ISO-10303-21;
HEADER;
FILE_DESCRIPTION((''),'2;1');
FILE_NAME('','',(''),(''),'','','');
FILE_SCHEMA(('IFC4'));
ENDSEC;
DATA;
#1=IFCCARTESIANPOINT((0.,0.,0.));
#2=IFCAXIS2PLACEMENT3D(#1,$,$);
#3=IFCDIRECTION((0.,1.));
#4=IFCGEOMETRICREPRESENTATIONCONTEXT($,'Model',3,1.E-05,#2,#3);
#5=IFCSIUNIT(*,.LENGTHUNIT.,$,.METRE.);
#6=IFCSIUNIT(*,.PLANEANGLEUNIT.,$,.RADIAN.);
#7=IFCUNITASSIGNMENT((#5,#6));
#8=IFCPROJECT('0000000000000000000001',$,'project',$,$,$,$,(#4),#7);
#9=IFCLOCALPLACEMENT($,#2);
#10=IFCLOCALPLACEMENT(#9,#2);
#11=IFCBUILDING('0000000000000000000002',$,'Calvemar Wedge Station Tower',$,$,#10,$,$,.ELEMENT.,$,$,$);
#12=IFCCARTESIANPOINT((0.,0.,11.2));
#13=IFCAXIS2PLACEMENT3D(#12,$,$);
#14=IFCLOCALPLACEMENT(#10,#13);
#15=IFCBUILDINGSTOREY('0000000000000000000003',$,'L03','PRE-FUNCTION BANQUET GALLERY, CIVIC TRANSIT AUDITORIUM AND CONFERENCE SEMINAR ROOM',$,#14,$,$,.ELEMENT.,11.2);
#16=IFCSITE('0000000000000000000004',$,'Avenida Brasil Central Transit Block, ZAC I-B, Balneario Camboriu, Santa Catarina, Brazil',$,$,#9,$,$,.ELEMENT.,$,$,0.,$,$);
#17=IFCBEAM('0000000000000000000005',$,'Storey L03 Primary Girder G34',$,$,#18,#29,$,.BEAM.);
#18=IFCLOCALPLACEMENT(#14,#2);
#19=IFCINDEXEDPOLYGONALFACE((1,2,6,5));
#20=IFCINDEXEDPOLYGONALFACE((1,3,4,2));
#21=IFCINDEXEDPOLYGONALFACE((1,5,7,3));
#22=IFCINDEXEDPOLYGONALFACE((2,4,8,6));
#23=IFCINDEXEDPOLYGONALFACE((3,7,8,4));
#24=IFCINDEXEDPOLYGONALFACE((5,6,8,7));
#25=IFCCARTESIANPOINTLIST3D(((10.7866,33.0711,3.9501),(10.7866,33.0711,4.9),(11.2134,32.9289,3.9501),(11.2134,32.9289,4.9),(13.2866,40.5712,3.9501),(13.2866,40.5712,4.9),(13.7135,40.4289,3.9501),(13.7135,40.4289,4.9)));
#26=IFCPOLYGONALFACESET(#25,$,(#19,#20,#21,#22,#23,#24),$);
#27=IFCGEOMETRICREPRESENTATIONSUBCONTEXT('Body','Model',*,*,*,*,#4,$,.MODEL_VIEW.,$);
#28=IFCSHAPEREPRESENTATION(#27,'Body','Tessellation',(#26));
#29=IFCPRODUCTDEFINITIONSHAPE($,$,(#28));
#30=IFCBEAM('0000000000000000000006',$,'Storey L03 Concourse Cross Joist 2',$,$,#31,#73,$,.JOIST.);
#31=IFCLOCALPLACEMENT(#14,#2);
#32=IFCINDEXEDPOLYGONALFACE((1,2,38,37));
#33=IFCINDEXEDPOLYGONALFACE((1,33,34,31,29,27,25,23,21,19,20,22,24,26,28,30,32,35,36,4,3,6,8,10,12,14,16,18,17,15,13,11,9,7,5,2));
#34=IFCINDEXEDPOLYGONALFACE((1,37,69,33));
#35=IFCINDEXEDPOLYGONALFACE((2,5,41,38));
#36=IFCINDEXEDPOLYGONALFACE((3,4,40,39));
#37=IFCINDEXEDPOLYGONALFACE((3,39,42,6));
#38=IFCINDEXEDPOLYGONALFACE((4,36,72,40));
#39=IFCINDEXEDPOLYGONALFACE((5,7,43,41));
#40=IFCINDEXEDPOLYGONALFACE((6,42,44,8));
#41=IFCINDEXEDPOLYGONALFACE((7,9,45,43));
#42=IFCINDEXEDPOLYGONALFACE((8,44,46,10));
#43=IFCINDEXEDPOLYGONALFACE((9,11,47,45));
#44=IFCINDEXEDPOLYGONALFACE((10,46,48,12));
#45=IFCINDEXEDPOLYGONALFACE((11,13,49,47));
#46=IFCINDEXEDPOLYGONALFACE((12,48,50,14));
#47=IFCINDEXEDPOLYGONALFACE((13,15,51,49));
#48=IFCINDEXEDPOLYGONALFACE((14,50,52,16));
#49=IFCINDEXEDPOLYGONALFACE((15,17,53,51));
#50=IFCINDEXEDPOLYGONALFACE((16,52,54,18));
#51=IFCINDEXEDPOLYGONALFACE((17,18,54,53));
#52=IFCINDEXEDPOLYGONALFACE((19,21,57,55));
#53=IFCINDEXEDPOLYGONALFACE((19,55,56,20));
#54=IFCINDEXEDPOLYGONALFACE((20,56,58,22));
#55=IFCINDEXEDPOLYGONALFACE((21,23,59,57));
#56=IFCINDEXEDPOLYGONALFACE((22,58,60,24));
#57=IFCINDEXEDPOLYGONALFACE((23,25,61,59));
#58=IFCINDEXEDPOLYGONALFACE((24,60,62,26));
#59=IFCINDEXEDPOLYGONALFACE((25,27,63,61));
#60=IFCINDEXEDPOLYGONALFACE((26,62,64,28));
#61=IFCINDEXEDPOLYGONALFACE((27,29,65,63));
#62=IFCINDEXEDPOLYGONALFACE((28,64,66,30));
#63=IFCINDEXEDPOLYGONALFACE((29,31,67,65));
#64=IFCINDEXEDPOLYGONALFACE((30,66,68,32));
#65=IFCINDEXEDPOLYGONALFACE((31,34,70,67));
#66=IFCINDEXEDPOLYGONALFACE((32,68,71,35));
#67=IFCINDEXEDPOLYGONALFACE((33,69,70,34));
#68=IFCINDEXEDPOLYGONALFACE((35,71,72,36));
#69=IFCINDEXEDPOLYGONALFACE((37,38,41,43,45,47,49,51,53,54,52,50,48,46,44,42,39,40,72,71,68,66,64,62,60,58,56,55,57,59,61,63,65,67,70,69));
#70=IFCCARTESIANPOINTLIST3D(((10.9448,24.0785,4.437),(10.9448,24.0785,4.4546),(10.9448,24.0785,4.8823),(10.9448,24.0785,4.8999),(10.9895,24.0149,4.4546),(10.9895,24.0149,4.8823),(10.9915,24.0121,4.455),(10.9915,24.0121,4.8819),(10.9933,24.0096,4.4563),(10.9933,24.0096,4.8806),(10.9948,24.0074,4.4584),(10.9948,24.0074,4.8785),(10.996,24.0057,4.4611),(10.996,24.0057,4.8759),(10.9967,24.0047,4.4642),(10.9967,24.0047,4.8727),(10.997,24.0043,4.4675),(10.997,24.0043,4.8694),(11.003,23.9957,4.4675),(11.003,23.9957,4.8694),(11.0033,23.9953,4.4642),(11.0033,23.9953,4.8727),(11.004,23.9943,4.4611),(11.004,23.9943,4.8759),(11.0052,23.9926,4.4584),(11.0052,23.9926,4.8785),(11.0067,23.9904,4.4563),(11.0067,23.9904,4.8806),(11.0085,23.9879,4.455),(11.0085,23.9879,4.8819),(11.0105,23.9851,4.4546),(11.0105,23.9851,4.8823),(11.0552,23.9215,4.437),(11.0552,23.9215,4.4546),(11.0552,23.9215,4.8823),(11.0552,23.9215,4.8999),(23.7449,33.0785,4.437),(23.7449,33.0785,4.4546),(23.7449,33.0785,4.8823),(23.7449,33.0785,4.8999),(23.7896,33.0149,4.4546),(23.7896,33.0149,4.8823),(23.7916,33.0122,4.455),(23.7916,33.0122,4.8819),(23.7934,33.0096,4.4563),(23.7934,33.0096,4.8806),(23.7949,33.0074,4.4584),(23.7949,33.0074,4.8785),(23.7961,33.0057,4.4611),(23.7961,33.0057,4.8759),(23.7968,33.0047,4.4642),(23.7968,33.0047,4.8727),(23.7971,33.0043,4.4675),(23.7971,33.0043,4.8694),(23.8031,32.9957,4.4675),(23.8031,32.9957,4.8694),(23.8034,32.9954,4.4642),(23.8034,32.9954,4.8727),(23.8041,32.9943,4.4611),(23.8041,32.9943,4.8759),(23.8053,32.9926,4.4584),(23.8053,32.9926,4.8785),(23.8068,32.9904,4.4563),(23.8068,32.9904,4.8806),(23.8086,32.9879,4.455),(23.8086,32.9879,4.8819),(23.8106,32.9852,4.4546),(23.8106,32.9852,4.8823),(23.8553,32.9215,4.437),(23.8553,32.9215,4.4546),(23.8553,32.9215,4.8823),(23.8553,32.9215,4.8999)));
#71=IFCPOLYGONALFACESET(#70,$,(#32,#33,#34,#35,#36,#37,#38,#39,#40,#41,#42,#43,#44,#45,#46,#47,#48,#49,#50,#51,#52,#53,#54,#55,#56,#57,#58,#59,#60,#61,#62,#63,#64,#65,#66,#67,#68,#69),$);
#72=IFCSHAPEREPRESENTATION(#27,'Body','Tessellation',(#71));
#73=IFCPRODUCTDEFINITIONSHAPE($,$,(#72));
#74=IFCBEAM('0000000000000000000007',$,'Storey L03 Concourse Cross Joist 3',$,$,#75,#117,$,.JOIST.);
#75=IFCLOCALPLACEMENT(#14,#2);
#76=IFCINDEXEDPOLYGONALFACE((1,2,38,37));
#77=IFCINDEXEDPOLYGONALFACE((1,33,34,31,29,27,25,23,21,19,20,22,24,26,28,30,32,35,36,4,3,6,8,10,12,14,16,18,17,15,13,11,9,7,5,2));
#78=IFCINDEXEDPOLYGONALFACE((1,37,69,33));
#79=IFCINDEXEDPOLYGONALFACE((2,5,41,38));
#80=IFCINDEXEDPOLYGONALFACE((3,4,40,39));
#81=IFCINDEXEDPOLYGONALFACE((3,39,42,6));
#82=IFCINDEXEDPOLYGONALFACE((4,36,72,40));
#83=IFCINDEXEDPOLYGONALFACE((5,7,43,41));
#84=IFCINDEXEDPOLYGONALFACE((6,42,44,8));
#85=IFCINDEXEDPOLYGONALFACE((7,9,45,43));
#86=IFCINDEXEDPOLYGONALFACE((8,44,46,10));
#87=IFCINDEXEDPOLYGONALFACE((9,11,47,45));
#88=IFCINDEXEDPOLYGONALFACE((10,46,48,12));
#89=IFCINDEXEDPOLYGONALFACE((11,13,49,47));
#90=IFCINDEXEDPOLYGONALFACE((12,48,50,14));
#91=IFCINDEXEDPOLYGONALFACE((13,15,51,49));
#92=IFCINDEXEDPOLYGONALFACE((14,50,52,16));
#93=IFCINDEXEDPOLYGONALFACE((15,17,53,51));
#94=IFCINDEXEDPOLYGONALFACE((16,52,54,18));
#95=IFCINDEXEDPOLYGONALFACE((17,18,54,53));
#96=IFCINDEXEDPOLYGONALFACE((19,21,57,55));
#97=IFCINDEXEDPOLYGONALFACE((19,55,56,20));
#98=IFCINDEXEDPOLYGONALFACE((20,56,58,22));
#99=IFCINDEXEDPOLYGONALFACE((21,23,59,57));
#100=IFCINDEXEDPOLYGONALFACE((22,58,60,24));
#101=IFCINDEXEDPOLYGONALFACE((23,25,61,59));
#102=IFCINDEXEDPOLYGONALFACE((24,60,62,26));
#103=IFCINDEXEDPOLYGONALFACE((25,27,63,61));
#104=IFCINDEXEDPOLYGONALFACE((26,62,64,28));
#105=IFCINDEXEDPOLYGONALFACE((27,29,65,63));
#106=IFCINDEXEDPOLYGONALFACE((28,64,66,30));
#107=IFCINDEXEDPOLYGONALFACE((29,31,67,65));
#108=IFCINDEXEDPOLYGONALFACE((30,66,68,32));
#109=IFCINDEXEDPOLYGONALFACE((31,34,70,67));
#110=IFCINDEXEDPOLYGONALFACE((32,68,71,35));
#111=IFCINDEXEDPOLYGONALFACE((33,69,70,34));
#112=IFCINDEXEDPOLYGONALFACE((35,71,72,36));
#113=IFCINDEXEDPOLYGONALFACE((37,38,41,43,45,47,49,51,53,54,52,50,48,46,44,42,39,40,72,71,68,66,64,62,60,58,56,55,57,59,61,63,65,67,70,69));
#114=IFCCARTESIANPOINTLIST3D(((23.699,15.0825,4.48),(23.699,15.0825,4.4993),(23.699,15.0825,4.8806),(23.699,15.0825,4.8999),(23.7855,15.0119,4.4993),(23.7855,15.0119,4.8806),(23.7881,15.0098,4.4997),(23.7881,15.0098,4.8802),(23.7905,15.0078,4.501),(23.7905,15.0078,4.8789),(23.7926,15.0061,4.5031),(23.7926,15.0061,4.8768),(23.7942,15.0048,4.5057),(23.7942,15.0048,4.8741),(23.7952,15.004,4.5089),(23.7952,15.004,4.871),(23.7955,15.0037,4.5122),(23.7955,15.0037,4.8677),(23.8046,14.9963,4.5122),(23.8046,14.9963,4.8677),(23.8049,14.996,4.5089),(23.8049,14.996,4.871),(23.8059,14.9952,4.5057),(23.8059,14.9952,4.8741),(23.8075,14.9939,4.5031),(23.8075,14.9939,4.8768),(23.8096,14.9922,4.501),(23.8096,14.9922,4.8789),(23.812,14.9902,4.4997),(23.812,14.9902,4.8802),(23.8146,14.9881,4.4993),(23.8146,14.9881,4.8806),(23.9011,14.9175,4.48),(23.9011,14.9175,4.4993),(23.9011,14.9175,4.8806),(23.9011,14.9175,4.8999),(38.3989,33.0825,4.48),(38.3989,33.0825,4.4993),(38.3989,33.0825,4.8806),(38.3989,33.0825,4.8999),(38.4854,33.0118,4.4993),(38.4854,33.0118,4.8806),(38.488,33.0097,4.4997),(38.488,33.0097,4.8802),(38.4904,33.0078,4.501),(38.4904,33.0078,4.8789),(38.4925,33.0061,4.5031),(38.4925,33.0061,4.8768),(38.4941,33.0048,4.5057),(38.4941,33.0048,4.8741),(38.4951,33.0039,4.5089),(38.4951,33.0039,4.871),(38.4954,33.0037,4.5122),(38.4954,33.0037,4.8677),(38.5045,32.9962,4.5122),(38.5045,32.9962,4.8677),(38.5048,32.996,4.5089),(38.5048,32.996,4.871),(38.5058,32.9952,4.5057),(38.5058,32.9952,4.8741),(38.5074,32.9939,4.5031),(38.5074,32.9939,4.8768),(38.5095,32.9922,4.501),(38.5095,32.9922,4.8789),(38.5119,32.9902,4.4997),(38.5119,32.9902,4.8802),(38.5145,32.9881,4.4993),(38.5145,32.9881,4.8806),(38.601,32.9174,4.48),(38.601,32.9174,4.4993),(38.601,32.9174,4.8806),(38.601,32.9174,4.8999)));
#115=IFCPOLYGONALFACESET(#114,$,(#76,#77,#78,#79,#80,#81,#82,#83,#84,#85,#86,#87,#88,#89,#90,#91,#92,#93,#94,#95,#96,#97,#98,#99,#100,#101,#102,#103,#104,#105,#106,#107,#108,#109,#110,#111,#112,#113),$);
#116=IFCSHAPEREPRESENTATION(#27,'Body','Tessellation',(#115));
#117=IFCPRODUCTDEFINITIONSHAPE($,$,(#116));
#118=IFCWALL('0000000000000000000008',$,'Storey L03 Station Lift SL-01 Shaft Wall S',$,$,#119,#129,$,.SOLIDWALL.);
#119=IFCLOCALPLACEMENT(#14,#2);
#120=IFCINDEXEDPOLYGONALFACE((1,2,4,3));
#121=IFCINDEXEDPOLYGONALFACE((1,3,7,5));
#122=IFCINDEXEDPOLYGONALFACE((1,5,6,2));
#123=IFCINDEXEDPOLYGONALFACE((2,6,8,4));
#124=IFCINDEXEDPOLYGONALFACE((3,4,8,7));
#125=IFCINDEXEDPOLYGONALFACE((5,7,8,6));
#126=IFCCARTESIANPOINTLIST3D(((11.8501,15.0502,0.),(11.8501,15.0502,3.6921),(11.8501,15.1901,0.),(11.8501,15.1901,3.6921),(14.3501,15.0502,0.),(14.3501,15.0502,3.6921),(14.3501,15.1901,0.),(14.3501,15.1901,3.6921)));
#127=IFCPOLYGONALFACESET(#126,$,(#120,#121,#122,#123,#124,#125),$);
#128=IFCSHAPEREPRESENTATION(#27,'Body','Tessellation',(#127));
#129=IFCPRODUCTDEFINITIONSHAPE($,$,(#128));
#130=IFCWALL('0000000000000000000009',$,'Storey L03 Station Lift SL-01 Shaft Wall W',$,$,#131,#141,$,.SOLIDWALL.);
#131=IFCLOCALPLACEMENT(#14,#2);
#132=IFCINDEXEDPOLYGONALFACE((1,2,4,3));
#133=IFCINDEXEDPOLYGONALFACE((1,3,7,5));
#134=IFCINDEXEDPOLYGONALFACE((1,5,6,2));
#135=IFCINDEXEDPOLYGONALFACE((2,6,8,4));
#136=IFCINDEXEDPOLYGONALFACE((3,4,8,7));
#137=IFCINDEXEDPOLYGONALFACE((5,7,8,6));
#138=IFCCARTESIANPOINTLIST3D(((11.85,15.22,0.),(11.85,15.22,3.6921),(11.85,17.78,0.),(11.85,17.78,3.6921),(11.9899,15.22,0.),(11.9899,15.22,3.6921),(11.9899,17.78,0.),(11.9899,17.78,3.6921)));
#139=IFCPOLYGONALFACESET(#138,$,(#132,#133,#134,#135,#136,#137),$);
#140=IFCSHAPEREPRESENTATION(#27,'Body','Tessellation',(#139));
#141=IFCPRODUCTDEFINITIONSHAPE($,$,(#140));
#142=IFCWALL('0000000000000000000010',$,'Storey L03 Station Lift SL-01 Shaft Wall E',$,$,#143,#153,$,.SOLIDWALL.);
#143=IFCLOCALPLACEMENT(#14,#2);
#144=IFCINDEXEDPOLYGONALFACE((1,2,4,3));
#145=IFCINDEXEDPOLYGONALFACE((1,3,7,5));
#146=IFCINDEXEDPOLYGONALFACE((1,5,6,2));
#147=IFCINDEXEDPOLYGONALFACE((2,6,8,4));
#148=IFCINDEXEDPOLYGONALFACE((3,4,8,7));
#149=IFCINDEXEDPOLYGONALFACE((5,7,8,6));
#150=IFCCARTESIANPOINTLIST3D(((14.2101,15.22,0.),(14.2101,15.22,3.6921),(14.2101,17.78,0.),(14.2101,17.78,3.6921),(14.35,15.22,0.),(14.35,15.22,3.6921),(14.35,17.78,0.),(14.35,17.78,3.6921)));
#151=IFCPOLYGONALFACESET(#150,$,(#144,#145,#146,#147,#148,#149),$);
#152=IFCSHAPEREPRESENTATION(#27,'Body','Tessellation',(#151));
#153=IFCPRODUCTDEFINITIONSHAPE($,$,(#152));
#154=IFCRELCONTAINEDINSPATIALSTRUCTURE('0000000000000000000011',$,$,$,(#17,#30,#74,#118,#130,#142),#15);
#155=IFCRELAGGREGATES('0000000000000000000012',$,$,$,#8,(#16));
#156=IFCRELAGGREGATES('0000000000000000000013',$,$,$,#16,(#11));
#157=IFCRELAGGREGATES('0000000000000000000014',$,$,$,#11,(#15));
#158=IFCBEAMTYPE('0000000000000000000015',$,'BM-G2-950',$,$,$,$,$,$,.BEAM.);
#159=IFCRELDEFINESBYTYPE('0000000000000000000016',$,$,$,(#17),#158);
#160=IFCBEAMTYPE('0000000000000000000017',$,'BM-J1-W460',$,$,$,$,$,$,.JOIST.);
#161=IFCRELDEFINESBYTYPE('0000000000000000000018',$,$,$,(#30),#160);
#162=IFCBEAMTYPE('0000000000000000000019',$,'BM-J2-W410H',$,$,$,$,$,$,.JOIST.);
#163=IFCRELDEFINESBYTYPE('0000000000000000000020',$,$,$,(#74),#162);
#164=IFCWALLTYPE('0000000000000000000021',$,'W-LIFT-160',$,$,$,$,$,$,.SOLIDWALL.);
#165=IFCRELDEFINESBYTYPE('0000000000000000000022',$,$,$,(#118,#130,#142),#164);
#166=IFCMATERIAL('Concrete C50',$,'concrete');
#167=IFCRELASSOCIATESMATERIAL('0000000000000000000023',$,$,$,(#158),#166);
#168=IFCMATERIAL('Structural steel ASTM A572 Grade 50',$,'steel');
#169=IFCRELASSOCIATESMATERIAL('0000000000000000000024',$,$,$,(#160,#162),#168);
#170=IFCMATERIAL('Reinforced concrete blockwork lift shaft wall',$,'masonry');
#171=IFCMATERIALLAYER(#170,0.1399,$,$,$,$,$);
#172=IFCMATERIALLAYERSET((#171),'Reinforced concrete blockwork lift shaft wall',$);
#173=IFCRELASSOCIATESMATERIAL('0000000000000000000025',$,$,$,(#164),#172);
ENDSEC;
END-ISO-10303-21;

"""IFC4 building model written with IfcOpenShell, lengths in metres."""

from ifc_helpers import new_model, si_unit, direction, frame, frame_2d, origin, origin_2d, place, context, subcontext, project, spatial, rectangle, i_section, extrude, source, transform, mapped, material, layer, layer_set, material_profile, profile_set, type_object, element, save


model = new_model("IFC4")

# Units and contexts
model_context = context("Model", 3, precision=1e-05, world=origin(), true_north=direction((0.0, 1.0)))
body_context = subcontext(model_context, "Body", "Model", "MODEL_VIEW")
ifc_project = project(units=[si_unit("LENGTHUNIT", "METRE"), si_unit("PLANEANGLEUNIT", "RADIAN")], contexts=[model_context])

# Site, building, storey
site_placement = place(None, origin())
site = spatial("IfcSite", under=ifc_project, at=site_placement, Name="Avenida Brasil Central Transit Block, ZAC I-B, Balneario Camboriu, Santa Catarina, Brazil", CompositionType="ELEMENT", RefElevation=0.0)
building_placement = place(site_placement, origin())
building = spatial("IfcBuilding", under=site, at=building_placement, Name="Calvemar Wedge Station Tower", CompositionType="ELEMENT")
storey_placement = place(building_placement, frame((0.0, 0.0, 11.2)))
storey = spatial("IfcBuildingStorey", under=building, at=storey_placement, Name="L03", Description="PRE-FUNCTION BANQUET GALLERY, CIVIC TRANSIT AUDITORIUM AND CONFERENCE SEMINAR ROOM", CompositionType="ELEMENT", Elevation=11.2)

# Beams
ifc_material_1 = material(Name="Structural steel ASTM A572 Grade 50", Category="steel")
ifc_material_2 = material(Name="Concrete C50", Category="concrete")
ifc_material_profile_1 = material_profile(ifc_material_2, rectangle(XDim=0.45, YDim=0.95, at=origin_2d()), Name="RC450x950")
ifc_profile_set_1 = profile_set([ifc_material_profile_1], Name="Concrete C50")
beam_type_1 = type_object("IfcBeamType", Name="BM-G2-950", PredefinedType="BEAM", material=ifc_profile_set_1)
shared_shape_1 = source(origin(), body_context, "Body", "SweptSolid", [
    extrude(rectangle(XDim=0.45, YDim=0.95, at=origin_2d()), origin(), (0.0, 0.0, 1.0), 7.9058),
])
beam_1_placement = place(storey_placement, frame((11.0, 33.0, 4.425), z_axis=(0.316228, 0.948683, 0.0), x_axis=(-0.948683, 0.316228, 0.0)))
element("IfcBeam", 1, at=beam_1_placement, inside=storey, type_object=beam_type_1, Name="Storey L03 Primary Girder G34", PredefinedType="BEAM", context=body_context, shape_type="MappedRepresentation", body=[
    mapped(shared_shape_1, transform((0.0, 0.0, 0.0), scale=1.0)),
])
ifc_material_profile_2 = material_profile(ifc_material_1, i_section(OverallWidth=0.1919, OverallDepth=0.4629, WebThickness=0.0105, FlangeThickness=0.0176, FilletRadius=0.0129, at=origin_2d()), Name="W460x89")
ifc_profile_set_2 = profile_set([ifc_material_profile_2], Name="Structural steel ASTM A572 Grade 50")
beam_type_2 = type_object("IfcBeamType", Name="BM-J1-W460", PredefinedType="JOIST", material=ifc_profile_set_2)
shared_shape_2 = source(origin(), body_context, "Body", "SweptSolid", [
    extrude(i_section(OverallWidth=0.1919, OverallDepth=0.4629, WebThickness=0.0105, FlangeThickness=0.0176, FilletRadius=0.0129, at=origin_2d()), origin(), (0.0, 0.0, 1.0), 15.6475),
])
beam_2_placement = place(storey_placement, frame((11.0, 24.0, 4.6685), z_axis=(0.81803, 0.575175, 0.0), x_axis=(-0.575175, 0.81803, 0.0)))
element("IfcBeam", 2, at=beam_2_placement, inside=storey, type_object=beam_type_2, Name="Storey L03 Concourse Cross Joist 2", PredefinedType="JOIST", context=body_context, shape_type="MappedRepresentation", body=[
    mapped(shared_shape_2, transform((0.0, 0.0, 0.0), scale=1.0)),
])
ifc_material_profile_3 = material_profile(ifc_material_1, i_section(OverallWidth=0.261, OverallDepth=0.4199, WebThickness=0.0117, FlangeThickness=0.0193, FilletRadius=0.0129, at=origin_2d()), Name="W410x114")
ifc_profile_set_3 = profile_set([ifc_material_profile_3], Name="Structural steel ASTM A572 Grade 50")
beam_type_3 = type_object("IfcBeamType", Name="BM-J2-W410H", PredefinedType="JOIST", material=ifc_profile_set_3)
shared_shape_3 = source(origin(), body_context, "Body", "SweptSolid", [
    extrude(i_section(OverallWidth=0.261, OverallDepth=0.4199, WebThickness=0.0117, FlangeThickness=0.0193, FilletRadius=0.0129, at=origin_2d()), origin(), (0.0, 0.0, 1.0), 23.2397),
])
beam_3_placement = place(storey_placement, frame((23.8, 15.0, 4.6899), z_axis=(0.632533, 0.774533, 0.0), x_axis=(-0.774533, 0.632533, 0.0)))
element("IfcBeam", 3, at=beam_3_placement, inside=storey, type_object=beam_type_3, Name="Storey L03 Concourse Cross Joist 3", PredefinedType="JOIST", context=body_context, shape_type="MappedRepresentation", body=[
    mapped(shared_shape_3, transform((0.0, 0.0, 0.0), scale=1.0)),
])

# Shared definitions
ifc_material_3 = material(Name="Reinforced concrete blockwork lift shaft wall", Category="masonry")
ifc_layer = layer(ifc_material_3, 0.1399)
ifc_layer_set = layer_set([ifc_layer], Name="Reinforced concrete blockwork lift shaft wall")
wall_type = type_object("IfcWallType", Name="W-LIFT-160", PredefinedType="SOLIDWALL", material=ifc_layer_set)

# Walls
wall_1_placement = place(storey_placement, frame((11.8501, 15.1201, 0.0), z_axis=(0.0, 0.0, 1.0), x_axis=(1.0, 0.0, 0.0)))
element("IfcWall", 4, at=wall_1_placement, inside=storey, type_object=wall_type, Name="Storey L03 Station Lift SL-01 Shaft Wall S", PredefinedType="SOLIDWALL", context=body_context, shape_type="SweptSolid", body=[
    extrude(rectangle(XDim=2.5, YDim=0.1399, at=frame_2d((1.25, 0.0))), origin(), (0.0, 0.0, 1.0), 3.6921),
])
for number, where, z_axis, x_axis, name in (
    (5, (11.9199, 15.22, 0.0), (0.0, 0.0, 1.0), (0.0, 1.0, 0.0), "Storey L03 Station Lift SL-01 Shaft Wall W"),
    (6, (14.28, 15.22, 0.0), (0.0, 0.0, 1.0), (0.0, 1.0, 0.0), "Storey L03 Station Lift SL-01 Shaft Wall E"),
):
    element("IfcWall", number, at=place(storey_placement, frame(where, z_axis=z_axis, x_axis=x_axis)), inside=storey, type_object=wall_type, Name=name, PredefinedType="SOLIDWALL", context=body_context, shape_type="SweptSolid", body=[
        extrude(rectangle(XDim=2.5601, YDim=0.1399, at=frame_2d((1.28, 0.0))), origin(), (0.0, 0.0, 1.0), 3.6921),
    ])

save(model, "model.ifc")
